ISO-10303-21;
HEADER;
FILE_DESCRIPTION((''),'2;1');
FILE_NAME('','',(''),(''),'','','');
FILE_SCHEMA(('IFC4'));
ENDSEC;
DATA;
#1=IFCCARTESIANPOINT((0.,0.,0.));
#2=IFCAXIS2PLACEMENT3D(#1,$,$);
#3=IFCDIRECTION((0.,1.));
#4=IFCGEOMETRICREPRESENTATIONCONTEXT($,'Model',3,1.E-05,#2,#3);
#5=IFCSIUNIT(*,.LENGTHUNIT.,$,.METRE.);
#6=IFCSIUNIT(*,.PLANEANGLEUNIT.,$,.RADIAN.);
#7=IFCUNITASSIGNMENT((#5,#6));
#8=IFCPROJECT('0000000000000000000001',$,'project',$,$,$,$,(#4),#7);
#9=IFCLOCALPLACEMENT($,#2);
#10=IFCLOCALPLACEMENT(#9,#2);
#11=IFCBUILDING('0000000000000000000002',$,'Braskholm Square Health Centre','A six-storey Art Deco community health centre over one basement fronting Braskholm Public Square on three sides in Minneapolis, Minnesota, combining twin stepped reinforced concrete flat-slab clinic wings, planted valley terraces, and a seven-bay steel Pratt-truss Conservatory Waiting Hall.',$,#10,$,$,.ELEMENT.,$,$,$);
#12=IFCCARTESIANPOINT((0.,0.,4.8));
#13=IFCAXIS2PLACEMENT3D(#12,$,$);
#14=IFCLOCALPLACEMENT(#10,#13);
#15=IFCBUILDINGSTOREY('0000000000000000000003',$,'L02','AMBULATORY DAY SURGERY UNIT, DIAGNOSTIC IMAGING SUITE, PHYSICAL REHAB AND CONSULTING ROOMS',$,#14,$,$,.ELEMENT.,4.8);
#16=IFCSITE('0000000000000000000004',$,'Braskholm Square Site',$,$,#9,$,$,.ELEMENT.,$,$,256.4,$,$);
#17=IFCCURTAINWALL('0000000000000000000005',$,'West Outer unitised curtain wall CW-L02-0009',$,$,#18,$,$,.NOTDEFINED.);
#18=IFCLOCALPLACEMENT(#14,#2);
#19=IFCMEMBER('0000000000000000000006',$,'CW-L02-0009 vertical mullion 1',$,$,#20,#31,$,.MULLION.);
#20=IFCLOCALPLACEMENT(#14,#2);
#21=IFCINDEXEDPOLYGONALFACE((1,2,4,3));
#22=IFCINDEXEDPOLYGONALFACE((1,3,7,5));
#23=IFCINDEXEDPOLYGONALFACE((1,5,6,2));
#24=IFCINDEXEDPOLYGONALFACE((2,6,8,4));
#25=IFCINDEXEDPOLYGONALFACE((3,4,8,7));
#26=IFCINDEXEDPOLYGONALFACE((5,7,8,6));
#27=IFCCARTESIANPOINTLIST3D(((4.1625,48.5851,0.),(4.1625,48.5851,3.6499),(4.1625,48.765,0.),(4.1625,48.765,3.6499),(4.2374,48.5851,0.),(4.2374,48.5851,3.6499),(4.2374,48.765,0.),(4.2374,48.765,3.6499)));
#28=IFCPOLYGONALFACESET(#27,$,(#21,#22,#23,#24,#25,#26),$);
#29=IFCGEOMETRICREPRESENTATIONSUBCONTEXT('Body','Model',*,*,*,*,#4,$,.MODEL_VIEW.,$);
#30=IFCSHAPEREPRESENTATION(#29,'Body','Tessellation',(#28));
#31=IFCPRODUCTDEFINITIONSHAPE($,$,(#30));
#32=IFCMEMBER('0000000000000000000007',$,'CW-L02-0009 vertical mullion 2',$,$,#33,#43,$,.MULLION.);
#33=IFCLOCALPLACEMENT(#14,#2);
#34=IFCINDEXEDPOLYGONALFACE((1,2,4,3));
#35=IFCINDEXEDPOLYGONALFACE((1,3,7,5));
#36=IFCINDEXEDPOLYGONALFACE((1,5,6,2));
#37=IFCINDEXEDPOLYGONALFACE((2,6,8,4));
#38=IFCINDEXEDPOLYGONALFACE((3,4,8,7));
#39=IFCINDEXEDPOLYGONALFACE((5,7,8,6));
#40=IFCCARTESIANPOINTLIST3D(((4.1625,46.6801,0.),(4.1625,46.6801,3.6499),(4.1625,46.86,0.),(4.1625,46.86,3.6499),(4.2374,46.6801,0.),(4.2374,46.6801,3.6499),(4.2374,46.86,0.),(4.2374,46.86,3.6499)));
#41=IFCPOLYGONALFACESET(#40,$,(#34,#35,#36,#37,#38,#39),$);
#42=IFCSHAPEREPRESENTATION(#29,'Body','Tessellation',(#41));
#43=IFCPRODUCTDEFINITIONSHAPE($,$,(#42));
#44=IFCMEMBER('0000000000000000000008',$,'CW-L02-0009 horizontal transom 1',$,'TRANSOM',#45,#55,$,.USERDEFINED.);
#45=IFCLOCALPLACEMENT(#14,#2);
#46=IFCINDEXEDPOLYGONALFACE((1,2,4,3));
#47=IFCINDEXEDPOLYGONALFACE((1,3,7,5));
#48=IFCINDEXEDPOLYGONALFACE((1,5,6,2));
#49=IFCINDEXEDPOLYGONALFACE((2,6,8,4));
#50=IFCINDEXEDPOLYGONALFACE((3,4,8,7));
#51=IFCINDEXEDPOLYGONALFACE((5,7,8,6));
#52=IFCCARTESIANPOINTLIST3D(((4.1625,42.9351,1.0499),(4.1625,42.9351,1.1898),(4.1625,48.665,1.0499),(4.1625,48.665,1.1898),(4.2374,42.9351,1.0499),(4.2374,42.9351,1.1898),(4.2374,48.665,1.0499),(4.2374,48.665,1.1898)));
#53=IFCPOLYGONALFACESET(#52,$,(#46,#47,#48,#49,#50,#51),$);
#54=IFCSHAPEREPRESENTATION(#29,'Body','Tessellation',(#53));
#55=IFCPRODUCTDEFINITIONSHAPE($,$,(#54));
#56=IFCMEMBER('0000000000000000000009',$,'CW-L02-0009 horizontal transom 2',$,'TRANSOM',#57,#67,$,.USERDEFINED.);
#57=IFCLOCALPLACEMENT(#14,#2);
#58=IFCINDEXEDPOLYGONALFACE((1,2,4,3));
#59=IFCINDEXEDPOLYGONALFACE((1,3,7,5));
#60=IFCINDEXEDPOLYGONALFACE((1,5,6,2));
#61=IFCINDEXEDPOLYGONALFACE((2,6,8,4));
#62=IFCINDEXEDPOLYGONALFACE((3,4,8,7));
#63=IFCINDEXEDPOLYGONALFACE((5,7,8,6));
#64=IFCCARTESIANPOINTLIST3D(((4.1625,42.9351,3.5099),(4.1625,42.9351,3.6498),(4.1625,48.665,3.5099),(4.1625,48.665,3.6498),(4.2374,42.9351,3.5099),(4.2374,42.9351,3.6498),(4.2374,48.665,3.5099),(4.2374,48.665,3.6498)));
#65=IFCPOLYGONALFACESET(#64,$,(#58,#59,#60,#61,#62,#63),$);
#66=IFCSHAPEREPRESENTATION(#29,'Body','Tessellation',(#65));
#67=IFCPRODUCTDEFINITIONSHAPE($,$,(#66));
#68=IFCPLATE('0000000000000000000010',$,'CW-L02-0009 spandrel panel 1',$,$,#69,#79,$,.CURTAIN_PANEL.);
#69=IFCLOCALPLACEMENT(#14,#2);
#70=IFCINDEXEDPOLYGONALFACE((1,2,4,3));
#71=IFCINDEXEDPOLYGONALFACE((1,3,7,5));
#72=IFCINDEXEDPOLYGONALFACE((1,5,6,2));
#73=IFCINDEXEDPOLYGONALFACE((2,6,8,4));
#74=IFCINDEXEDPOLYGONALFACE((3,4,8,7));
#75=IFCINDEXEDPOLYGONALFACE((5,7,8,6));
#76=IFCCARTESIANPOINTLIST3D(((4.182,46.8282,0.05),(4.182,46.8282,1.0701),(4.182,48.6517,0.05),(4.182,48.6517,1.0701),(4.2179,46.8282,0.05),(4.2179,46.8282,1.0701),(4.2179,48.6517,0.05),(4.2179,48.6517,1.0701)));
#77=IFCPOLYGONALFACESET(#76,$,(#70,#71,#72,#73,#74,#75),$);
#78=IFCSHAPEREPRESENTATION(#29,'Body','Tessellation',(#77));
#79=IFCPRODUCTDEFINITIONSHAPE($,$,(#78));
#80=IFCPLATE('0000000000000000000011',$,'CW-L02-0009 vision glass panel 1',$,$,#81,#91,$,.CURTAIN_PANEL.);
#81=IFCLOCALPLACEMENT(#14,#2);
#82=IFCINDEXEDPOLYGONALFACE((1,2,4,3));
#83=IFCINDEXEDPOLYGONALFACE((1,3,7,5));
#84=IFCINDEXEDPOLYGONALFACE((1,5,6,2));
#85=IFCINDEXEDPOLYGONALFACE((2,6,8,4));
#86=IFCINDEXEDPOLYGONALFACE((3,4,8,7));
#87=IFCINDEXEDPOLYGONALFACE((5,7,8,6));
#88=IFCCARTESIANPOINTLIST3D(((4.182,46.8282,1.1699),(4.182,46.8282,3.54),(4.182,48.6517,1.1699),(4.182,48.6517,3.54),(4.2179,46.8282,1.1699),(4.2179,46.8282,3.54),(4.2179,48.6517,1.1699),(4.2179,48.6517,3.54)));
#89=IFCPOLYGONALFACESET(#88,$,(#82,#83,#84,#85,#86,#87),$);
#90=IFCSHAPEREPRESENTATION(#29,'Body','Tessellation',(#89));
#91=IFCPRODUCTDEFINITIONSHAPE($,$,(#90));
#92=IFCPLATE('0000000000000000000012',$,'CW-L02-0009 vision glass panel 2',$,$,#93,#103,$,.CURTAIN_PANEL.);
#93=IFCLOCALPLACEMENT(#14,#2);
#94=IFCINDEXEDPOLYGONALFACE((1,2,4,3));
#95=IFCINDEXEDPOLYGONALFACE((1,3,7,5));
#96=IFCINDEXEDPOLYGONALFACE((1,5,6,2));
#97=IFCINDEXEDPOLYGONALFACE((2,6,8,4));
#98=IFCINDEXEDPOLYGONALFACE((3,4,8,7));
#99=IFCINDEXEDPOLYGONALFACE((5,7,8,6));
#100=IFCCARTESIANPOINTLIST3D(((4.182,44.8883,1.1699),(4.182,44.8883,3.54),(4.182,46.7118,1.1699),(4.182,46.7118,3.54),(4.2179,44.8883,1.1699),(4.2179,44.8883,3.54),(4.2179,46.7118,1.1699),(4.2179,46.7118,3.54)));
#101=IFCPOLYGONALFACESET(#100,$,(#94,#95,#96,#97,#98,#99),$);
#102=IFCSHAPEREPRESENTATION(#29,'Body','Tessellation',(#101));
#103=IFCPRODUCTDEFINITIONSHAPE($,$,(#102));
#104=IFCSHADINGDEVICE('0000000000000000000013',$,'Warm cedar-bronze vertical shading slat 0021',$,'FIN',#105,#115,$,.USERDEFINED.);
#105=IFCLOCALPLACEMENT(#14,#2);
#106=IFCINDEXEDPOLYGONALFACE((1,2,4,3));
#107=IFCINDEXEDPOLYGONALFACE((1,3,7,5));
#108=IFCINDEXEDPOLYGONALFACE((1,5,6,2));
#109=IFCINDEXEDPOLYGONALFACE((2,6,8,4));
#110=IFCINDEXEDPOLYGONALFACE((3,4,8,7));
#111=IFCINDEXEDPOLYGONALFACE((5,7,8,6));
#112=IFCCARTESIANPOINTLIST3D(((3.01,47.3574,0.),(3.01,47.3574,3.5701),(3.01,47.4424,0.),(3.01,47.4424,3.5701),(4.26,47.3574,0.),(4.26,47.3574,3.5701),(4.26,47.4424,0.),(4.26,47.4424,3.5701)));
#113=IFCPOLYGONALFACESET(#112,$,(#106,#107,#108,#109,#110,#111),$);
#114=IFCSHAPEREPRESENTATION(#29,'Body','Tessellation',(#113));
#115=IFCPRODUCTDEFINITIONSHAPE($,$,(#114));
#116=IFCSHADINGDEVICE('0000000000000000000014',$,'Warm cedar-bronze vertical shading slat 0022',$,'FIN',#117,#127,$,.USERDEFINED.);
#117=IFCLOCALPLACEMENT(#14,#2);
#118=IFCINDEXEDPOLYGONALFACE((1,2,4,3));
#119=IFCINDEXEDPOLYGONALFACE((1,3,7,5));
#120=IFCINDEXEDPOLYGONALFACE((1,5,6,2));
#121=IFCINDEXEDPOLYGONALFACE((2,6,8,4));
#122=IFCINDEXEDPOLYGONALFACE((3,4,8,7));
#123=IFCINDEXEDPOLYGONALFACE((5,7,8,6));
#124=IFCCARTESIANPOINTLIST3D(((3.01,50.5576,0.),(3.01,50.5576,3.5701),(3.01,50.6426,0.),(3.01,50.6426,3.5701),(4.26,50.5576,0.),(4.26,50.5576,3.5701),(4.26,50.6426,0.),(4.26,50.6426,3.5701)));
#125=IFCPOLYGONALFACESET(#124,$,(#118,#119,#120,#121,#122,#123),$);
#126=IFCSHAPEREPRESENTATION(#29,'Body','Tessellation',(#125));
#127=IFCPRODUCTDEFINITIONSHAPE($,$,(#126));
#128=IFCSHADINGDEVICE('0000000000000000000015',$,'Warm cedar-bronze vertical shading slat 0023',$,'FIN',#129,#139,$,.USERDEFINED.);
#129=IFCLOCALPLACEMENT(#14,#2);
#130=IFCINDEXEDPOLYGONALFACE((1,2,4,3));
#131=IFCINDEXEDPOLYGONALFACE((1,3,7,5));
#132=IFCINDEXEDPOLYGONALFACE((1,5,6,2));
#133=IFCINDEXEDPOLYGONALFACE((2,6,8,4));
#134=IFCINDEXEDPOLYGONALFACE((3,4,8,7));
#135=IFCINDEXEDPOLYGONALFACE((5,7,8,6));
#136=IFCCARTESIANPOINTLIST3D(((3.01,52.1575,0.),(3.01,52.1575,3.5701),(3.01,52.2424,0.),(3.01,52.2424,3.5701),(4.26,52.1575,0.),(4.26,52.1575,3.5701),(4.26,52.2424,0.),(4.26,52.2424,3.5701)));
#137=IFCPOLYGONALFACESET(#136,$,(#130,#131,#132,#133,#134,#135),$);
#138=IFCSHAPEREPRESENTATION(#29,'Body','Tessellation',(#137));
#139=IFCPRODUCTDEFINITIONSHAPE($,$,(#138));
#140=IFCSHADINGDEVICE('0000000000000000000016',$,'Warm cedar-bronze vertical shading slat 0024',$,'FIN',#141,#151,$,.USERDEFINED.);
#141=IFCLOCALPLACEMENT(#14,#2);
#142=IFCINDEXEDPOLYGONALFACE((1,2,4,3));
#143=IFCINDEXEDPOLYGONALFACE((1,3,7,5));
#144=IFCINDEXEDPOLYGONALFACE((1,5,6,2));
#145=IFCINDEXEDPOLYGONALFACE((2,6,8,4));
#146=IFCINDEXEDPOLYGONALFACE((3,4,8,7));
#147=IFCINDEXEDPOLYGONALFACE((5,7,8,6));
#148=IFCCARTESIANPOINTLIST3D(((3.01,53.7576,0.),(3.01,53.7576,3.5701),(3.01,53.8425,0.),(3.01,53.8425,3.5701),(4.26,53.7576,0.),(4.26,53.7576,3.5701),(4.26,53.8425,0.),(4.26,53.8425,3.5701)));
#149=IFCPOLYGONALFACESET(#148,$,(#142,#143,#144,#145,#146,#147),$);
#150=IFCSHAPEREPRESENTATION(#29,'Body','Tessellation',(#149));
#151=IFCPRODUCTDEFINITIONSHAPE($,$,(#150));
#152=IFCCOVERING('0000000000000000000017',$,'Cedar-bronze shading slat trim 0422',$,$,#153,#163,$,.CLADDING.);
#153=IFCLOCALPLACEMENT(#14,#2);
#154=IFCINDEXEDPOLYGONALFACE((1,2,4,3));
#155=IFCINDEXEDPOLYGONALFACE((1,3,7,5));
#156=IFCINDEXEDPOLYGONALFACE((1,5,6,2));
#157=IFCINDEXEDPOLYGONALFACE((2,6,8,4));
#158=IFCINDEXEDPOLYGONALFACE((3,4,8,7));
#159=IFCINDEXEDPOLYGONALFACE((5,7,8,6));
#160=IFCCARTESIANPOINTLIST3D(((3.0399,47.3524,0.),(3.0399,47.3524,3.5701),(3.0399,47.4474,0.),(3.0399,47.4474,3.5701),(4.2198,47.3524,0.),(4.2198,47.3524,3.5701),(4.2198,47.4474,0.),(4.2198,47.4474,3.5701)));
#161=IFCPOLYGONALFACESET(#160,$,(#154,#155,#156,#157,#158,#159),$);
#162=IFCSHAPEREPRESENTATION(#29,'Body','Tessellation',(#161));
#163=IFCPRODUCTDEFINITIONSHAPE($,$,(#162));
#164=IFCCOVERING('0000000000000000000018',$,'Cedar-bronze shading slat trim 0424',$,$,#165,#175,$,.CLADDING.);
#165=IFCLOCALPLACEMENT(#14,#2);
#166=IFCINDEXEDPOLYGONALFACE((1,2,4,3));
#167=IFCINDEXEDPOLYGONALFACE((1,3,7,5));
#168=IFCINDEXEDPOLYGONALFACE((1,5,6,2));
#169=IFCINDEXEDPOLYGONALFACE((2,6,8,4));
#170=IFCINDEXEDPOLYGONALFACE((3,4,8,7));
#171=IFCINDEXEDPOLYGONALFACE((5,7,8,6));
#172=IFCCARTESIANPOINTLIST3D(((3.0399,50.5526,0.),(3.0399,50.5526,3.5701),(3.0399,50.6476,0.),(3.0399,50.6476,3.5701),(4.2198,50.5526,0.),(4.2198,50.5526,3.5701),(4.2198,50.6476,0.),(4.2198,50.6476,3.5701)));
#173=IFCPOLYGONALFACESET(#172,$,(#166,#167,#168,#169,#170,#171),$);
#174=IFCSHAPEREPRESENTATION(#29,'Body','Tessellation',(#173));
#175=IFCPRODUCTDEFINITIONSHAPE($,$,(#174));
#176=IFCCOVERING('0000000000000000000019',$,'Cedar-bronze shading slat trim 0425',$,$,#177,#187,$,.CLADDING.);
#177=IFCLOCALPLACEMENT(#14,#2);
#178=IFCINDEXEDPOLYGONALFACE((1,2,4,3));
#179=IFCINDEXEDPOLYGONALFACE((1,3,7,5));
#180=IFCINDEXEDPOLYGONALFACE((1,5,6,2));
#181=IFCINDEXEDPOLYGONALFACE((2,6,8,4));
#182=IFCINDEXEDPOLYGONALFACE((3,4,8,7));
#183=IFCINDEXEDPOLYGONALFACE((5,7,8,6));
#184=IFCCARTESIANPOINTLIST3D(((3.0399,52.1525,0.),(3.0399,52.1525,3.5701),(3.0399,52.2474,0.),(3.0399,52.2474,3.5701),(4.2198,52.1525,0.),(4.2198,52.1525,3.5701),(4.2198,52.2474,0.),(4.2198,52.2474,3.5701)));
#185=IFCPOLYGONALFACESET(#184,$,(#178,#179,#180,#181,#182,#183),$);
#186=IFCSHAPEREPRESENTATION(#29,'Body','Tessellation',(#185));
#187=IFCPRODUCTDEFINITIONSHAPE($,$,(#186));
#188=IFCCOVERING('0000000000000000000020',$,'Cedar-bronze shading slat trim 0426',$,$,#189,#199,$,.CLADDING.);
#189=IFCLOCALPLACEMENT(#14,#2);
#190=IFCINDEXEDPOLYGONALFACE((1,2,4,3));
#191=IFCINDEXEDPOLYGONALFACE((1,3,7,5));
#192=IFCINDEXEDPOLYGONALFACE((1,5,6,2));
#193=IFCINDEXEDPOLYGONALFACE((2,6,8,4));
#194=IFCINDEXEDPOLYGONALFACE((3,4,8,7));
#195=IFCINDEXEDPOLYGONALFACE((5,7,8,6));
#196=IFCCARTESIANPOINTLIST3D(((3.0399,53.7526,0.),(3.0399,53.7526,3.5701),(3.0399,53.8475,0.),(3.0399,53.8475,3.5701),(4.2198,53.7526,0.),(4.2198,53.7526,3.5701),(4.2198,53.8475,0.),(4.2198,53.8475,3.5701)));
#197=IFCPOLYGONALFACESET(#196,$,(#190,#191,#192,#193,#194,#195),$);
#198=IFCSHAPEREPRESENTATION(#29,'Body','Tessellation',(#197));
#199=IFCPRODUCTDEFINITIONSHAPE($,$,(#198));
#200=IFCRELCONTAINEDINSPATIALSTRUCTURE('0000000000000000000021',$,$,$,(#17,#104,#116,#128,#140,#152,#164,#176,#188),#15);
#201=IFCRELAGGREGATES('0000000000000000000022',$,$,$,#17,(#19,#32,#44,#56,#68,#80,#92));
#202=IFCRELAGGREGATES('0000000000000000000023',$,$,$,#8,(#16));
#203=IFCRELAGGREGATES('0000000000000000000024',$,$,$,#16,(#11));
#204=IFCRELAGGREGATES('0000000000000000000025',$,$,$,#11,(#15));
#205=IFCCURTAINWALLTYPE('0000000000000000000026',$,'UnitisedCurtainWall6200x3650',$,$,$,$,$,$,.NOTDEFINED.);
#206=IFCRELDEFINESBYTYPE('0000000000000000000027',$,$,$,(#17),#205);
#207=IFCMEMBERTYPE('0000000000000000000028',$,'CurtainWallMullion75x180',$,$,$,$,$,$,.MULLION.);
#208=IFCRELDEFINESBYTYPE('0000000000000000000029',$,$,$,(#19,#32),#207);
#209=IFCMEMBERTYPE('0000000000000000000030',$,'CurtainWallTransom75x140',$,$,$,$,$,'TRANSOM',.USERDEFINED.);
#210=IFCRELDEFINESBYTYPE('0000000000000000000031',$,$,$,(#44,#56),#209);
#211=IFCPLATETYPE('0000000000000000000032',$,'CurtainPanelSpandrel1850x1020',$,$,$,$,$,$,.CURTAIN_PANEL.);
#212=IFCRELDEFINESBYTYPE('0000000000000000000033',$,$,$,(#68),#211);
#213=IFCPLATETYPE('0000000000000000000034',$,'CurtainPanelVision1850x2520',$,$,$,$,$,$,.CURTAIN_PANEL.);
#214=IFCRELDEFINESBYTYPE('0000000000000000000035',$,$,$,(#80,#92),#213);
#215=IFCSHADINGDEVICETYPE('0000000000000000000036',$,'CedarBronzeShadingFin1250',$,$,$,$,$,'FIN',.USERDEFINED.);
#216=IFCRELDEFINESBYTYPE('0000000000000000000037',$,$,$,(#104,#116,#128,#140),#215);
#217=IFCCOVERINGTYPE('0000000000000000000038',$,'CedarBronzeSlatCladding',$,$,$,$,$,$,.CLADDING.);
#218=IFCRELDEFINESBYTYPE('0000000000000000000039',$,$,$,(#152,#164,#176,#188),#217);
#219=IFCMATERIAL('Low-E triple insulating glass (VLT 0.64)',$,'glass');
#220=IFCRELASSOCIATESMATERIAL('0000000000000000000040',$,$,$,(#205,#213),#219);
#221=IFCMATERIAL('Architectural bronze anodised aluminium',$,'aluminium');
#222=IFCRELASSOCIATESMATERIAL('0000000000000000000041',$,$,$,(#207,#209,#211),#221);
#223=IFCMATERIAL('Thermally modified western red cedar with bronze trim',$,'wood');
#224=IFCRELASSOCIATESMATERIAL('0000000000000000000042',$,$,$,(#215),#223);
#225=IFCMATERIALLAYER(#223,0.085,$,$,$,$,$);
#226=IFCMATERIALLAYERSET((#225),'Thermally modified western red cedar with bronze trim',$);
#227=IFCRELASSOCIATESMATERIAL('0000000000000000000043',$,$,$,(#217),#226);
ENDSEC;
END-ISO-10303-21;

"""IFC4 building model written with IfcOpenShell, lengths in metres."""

from ifc_helpers import new_model, si_unit, direction, frame, origin, origin_2d, place, context, subcontext, project, spatial, rectangle, extrude, material, layer, layer_set, material_profile, profile_set, type_object, element, aggregate, save


model = new_model("IFC4")

# Units and contexts
model_context = context("Model", 3, precision=1e-05, world=origin(), true_north=direction((0.0, 1.0)))
body_context = subcontext(model_context, "Body", "Model", "MODEL_VIEW")
ifc_project = project(units=[si_unit("LENGTHUNIT", "METRE"), si_unit("PLANEANGLEUNIT", "RADIAN")], contexts=[model_context])

# Site, building, storey
site_placement = place(None, origin())
site = spatial("IfcSite", under=ifc_project, at=site_placement, Name="Braskholm Square Site", CompositionType="ELEMENT", RefElevation=256.4)
building_placement = place(site_placement, origin())
building = spatial("IfcBuilding", under=site, at=building_placement, Name="Braskholm Square Health Centre", Description="A six-storey Art Deco community health centre over one basement fronting Braskholm Public Square on three sides in Minneapolis, Minnesota, combining twin stepped reinforced concrete flat-slab clinic wings, planted valley terraces, and a seven-bay steel Pratt-truss Conservatory Waiting Hall.", CompositionType="ELEMENT")
storey_placement = place(building_placement, frame((0.0, 0.0, 4.8)))
storey = spatial("IfcBuildingStorey", under=building, at=storey_placement, Name="L02", Description="AMBULATORY DAY SURGERY UNIT, DIAGNOSTIC IMAGING SUITE, PHYSICAL REHAB AND CONSULTING ROOMS", CompositionType="ELEMENT", Elevation=4.8)

# Curtain wall, members, plates
ifc_material_1 = material(Name="Low-E triple insulating glass (VLT 0.64)", Category="glass")
curtain_wall_type = type_object("IfcCurtainWallType", Name="UnitisedCurtainWall6200x3650", PredefinedType="NOTDEFINED", material=ifc_material_1)
curtain_wall_placement = place(storey_placement, origin())
curtain_wall = element("IfcCurtainWall", 1, at=curtain_wall_placement, inside=storey, type_object=curtain_wall_type, Name="West Outer unitised curtain wall CW-L02-0009", PredefinedType="NOTDEFINED")
ifc_material_2 = material(Name="Architectural bronze anodised aluminium", Category="aluminium")
ifc_material_profile_1 = material_profile(ifc_material_2, rectangle(XDim=0.075, YDim=0.1799, at=origin_2d()), Name="ALU-75X180")
ifc_profile_set_1 = profile_set([ifc_material_profile_1], Name="Architectural bronze anodised aluminium")
member_type_1 = type_object("IfcMemberType", Name="CurtainWallMullion75x180", PredefinedType="MULLION", material=ifc_profile_set_1)
member_1_placement = place(storey_placement, frame((4.2, 48.675, 0.0), z_axis=(0.0, 0.0, 1.0), x_axis=(1.0, 0.0, 0.0)))
member_1 = element("IfcMember", 2, at=member_1_placement, type_object=member_type_1, Name="CW-L02-0009 vertical mullion 1", PredefinedType="MULLION", context=body_context, shape_type="SweptSolid", body=[
    extrude(rectangle(XDim=0.075, YDim=0.1799, at=origin_2d()), origin(), (0.0, 0.0, 1.0), 3.6499),
])
member_2_placement = place(storey_placement, frame((4.2, 46.77, 0.0), z_axis=(0.0, 0.0, 1.0), x_axis=(1.0, 0.0, 0.0)))
member_2 = element("IfcMember", 3, at=member_2_placement, type_object=member_type_1, Name="CW-L02-0009 vertical mullion 2", PredefinedType="MULLION", context=body_context, shape_type="SweptSolid", body=[
    extrude(rectangle(XDim=0.075, YDim=0.1799, at=origin_2d()), origin(), (0.0, 0.0, 1.0), 3.6499),
])
ifc_material_profile_2 = material_profile(ifc_material_2, rectangle(XDim=0.075, YDim=0.1399, at=origin_2d()), Name="ALU-75X140")
ifc_profile_set_2 = profile_set([ifc_material_profile_2], Name="Architectural bronze anodised aluminium")
member_type_2 = type_object("IfcMemberType", Name="CurtainWallTransom75x140", ElementType="TRANSOM", PredefinedType="USERDEFINED", material=ifc_profile_set_2)
member_3_placement = place(storey_placement, frame((4.2, 48.665, 1.1199), z_axis=(0.0, -1.0, 0.0), x_axis=(1.0, 0.0, 0.0)))
member_3 = element("IfcMember", 4, at=member_3_placement, type_object=member_type_2, Name="CW-L02-0009 horizontal transom 1", ObjectType="TRANSOM", PredefinedType="USERDEFINED", context=body_context, shape_type="SweptSolid", body=[
    extrude(rectangle(XDim=0.075, YDim=0.1399, at=origin_2d()), origin(), (0.0, 0.0, 1.0), 5.73),
])
member_4_placement = place(storey_placement, frame((4.2, 48.665, 3.5798), z_axis=(0.0, -1.0, 0.0), x_axis=(1.0, 0.0, 0.0)))
member_4 = element("IfcMember", 5, at=member_4_placement, type_object=member_type_2, Name="CW-L02-0009 horizontal transom 2", ObjectType="TRANSOM", PredefinedType="USERDEFINED", context=body_context, shape_type="SweptSolid", body=[
    extrude(rectangle(XDim=0.075, YDim=0.1399, at=origin_2d()), origin(), (0.0, 0.0, 1.0), 5.73),
])
plate_type_1 = type_object("IfcPlateType", Name="CurtainPanelSpandrel1850x1020", PredefinedType="CURTAIN_PANEL", material=ifc_material_2)
plate_1_placement = place(storey_placement, frame((4.2, 47.74, 0.05), z_axis=(0.0, 0.0, 1.0), x_axis=(0.0, -1.0, 0.0)))
plate_1 = element("IfcPlate", 6, at=plate_1_placement, type_object=plate_type_1, Name="CW-L02-0009 spandrel panel 1", PredefinedType="CURTAIN_PANEL", context=body_context, shape_type="SweptSolid", body=[
    extrude(rectangle(XDim=1.8235, YDim=0.0359, at=origin_2d()), origin(), (0.0, 0.0, 1.0), 1.02),
])
plate_type_2 = type_object("IfcPlateType", Name="CurtainPanelVision1850x2520", PredefinedType="CURTAIN_PANEL", material=ifc_material_1)
plate_2_placement = place(storey_placement, frame((4.2, 47.74, 1.1699), z_axis=(0.0, 0.0, 1.0), x_axis=(0.0, -1.0, 0.0)))
plate_2 = element("IfcPlate", 7, at=plate_2_placement, type_object=plate_type_2, Name="CW-L02-0009 vision glass panel 1", PredefinedType="CURTAIN_PANEL", context=body_context, shape_type="SweptSolid", body=[
    extrude(rectangle(XDim=1.8235, YDim=0.0359, at=origin_2d()), origin(), (0.0, 0.0, 1.0), 2.3701),
])
plate_3_placement = place(storey_placement, frame((4.2, 45.8, 1.1699), z_axis=(0.0, 0.0, 1.0), x_axis=(0.0, -1.0, 0.0)))
plate_3 = element("IfcPlate", 8, at=plate_3_placement, type_object=plate_type_2, Name="CW-L02-0009 vision glass panel 2", PredefinedType="CURTAIN_PANEL", context=body_context, shape_type="SweptSolid", body=[
    extrude(rectangle(XDim=1.8235, YDim=0.0359, at=origin_2d()), origin(), (0.0, 0.0, 1.0), 2.3701),
])
aggregate(curtain_wall, [member_1, member_2, member_3, member_4, plate_1, plate_2, plate_3])

# Shading devices
ifc_material_3 = material(Name="Thermally modified western red cedar with bronze trim", Category="wood")
shading_device_type = type_object("IfcShadingDeviceType", Name="CedarBronzeShadingFin1250", ElementType="FIN", PredefinedType="USERDEFINED", material=ifc_material_3)
for number, where, z_axis, x_axis, name in (
    (9, (3.635, 47.3999, 0.0), (0.0, 0.0, 1.0), (1.0, 0.0, 0.0), "Warm cedar-bronze vertical shading slat 0021"),
    (10, (3.635, 50.6001, 0.0), (0.0, 0.0, 1.0), (1.0, 0.0, 0.0), "Warm cedar-bronze vertical shading slat 0022"),
    (11, (3.635, 52.2, 0.0), (0.0, 0.0, 1.0), (1.0, 0.0, 0.0), "Warm cedar-bronze vertical shading slat 0023"),
    (12, (3.635, 53.8, 0.0), (0.0, 0.0, 1.0), (1.0, 0.0, 0.0), "Warm cedar-bronze vertical shading slat 0024"),
):
    element("IfcShadingDevice", number, at=place(storey_placement, frame(where, z_axis=z_axis, x_axis=x_axis)), inside=storey, type_object=shading_device_type, Name=name, ObjectType="FIN", PredefinedType="USERDEFINED", context=body_context, shape_type="SweptSolid", body=[
        extrude(rectangle(XDim=1.25, YDim=0.085, at=origin_2d()), origin(), (0.0, 0.0, 1.0), 3.5701),
    ])

# Coverings
ifc_layer_1 = layer(ifc_material_3, 0.085)
ifc_layer_set_1 = layer_set([ifc_layer_1], Name="Thermally modified western red cedar with bronze trim")
covering_type_1 = type_object("IfcCoveringType", Name="CedarBronzeSlatCladding", PredefinedType="CLADDING", material=ifc_layer_set_1)
for number, where, z_axis, x_axis, name in (
    (13, (3.6299, 47.3999, 0.0), (0.0, 0.0, 1.0), (1.0, 0.0, 0.0), "Cedar-bronze shading slat trim 0422"),
    (14, (3.6299, 50.6001, 0.0), (0.0, 0.0, 1.0), (1.0, 0.0, 0.0), "Cedar-bronze shading slat trim 0424"),
    (15, (3.6299, 52.2, 0.0), (0.0, 0.0, 1.0), (1.0, 0.0, 0.0), "Cedar-bronze shading slat trim 0425"),
    (16, (3.6299, 53.8, 0.0), (0.0, 0.0, 1.0), (1.0, 0.0, 0.0), "Cedar-bronze shading slat trim 0426"),
):
    element("IfcCovering", number, at=place(storey_placement, frame(where, z_axis=z_axis, x_axis=x_axis)), inside=storey, type_object=covering_type_1, Name=name, PredefinedType="CLADDING", context=body_context, shape_type="SweptSolid", body=[
        extrude(rectangle(XDim=1.1799, YDim=0.095, at=origin_2d()), origin(), (0.0, 0.0, 1.0), 3.5701),
    ])

save(model, "model.ifc")
